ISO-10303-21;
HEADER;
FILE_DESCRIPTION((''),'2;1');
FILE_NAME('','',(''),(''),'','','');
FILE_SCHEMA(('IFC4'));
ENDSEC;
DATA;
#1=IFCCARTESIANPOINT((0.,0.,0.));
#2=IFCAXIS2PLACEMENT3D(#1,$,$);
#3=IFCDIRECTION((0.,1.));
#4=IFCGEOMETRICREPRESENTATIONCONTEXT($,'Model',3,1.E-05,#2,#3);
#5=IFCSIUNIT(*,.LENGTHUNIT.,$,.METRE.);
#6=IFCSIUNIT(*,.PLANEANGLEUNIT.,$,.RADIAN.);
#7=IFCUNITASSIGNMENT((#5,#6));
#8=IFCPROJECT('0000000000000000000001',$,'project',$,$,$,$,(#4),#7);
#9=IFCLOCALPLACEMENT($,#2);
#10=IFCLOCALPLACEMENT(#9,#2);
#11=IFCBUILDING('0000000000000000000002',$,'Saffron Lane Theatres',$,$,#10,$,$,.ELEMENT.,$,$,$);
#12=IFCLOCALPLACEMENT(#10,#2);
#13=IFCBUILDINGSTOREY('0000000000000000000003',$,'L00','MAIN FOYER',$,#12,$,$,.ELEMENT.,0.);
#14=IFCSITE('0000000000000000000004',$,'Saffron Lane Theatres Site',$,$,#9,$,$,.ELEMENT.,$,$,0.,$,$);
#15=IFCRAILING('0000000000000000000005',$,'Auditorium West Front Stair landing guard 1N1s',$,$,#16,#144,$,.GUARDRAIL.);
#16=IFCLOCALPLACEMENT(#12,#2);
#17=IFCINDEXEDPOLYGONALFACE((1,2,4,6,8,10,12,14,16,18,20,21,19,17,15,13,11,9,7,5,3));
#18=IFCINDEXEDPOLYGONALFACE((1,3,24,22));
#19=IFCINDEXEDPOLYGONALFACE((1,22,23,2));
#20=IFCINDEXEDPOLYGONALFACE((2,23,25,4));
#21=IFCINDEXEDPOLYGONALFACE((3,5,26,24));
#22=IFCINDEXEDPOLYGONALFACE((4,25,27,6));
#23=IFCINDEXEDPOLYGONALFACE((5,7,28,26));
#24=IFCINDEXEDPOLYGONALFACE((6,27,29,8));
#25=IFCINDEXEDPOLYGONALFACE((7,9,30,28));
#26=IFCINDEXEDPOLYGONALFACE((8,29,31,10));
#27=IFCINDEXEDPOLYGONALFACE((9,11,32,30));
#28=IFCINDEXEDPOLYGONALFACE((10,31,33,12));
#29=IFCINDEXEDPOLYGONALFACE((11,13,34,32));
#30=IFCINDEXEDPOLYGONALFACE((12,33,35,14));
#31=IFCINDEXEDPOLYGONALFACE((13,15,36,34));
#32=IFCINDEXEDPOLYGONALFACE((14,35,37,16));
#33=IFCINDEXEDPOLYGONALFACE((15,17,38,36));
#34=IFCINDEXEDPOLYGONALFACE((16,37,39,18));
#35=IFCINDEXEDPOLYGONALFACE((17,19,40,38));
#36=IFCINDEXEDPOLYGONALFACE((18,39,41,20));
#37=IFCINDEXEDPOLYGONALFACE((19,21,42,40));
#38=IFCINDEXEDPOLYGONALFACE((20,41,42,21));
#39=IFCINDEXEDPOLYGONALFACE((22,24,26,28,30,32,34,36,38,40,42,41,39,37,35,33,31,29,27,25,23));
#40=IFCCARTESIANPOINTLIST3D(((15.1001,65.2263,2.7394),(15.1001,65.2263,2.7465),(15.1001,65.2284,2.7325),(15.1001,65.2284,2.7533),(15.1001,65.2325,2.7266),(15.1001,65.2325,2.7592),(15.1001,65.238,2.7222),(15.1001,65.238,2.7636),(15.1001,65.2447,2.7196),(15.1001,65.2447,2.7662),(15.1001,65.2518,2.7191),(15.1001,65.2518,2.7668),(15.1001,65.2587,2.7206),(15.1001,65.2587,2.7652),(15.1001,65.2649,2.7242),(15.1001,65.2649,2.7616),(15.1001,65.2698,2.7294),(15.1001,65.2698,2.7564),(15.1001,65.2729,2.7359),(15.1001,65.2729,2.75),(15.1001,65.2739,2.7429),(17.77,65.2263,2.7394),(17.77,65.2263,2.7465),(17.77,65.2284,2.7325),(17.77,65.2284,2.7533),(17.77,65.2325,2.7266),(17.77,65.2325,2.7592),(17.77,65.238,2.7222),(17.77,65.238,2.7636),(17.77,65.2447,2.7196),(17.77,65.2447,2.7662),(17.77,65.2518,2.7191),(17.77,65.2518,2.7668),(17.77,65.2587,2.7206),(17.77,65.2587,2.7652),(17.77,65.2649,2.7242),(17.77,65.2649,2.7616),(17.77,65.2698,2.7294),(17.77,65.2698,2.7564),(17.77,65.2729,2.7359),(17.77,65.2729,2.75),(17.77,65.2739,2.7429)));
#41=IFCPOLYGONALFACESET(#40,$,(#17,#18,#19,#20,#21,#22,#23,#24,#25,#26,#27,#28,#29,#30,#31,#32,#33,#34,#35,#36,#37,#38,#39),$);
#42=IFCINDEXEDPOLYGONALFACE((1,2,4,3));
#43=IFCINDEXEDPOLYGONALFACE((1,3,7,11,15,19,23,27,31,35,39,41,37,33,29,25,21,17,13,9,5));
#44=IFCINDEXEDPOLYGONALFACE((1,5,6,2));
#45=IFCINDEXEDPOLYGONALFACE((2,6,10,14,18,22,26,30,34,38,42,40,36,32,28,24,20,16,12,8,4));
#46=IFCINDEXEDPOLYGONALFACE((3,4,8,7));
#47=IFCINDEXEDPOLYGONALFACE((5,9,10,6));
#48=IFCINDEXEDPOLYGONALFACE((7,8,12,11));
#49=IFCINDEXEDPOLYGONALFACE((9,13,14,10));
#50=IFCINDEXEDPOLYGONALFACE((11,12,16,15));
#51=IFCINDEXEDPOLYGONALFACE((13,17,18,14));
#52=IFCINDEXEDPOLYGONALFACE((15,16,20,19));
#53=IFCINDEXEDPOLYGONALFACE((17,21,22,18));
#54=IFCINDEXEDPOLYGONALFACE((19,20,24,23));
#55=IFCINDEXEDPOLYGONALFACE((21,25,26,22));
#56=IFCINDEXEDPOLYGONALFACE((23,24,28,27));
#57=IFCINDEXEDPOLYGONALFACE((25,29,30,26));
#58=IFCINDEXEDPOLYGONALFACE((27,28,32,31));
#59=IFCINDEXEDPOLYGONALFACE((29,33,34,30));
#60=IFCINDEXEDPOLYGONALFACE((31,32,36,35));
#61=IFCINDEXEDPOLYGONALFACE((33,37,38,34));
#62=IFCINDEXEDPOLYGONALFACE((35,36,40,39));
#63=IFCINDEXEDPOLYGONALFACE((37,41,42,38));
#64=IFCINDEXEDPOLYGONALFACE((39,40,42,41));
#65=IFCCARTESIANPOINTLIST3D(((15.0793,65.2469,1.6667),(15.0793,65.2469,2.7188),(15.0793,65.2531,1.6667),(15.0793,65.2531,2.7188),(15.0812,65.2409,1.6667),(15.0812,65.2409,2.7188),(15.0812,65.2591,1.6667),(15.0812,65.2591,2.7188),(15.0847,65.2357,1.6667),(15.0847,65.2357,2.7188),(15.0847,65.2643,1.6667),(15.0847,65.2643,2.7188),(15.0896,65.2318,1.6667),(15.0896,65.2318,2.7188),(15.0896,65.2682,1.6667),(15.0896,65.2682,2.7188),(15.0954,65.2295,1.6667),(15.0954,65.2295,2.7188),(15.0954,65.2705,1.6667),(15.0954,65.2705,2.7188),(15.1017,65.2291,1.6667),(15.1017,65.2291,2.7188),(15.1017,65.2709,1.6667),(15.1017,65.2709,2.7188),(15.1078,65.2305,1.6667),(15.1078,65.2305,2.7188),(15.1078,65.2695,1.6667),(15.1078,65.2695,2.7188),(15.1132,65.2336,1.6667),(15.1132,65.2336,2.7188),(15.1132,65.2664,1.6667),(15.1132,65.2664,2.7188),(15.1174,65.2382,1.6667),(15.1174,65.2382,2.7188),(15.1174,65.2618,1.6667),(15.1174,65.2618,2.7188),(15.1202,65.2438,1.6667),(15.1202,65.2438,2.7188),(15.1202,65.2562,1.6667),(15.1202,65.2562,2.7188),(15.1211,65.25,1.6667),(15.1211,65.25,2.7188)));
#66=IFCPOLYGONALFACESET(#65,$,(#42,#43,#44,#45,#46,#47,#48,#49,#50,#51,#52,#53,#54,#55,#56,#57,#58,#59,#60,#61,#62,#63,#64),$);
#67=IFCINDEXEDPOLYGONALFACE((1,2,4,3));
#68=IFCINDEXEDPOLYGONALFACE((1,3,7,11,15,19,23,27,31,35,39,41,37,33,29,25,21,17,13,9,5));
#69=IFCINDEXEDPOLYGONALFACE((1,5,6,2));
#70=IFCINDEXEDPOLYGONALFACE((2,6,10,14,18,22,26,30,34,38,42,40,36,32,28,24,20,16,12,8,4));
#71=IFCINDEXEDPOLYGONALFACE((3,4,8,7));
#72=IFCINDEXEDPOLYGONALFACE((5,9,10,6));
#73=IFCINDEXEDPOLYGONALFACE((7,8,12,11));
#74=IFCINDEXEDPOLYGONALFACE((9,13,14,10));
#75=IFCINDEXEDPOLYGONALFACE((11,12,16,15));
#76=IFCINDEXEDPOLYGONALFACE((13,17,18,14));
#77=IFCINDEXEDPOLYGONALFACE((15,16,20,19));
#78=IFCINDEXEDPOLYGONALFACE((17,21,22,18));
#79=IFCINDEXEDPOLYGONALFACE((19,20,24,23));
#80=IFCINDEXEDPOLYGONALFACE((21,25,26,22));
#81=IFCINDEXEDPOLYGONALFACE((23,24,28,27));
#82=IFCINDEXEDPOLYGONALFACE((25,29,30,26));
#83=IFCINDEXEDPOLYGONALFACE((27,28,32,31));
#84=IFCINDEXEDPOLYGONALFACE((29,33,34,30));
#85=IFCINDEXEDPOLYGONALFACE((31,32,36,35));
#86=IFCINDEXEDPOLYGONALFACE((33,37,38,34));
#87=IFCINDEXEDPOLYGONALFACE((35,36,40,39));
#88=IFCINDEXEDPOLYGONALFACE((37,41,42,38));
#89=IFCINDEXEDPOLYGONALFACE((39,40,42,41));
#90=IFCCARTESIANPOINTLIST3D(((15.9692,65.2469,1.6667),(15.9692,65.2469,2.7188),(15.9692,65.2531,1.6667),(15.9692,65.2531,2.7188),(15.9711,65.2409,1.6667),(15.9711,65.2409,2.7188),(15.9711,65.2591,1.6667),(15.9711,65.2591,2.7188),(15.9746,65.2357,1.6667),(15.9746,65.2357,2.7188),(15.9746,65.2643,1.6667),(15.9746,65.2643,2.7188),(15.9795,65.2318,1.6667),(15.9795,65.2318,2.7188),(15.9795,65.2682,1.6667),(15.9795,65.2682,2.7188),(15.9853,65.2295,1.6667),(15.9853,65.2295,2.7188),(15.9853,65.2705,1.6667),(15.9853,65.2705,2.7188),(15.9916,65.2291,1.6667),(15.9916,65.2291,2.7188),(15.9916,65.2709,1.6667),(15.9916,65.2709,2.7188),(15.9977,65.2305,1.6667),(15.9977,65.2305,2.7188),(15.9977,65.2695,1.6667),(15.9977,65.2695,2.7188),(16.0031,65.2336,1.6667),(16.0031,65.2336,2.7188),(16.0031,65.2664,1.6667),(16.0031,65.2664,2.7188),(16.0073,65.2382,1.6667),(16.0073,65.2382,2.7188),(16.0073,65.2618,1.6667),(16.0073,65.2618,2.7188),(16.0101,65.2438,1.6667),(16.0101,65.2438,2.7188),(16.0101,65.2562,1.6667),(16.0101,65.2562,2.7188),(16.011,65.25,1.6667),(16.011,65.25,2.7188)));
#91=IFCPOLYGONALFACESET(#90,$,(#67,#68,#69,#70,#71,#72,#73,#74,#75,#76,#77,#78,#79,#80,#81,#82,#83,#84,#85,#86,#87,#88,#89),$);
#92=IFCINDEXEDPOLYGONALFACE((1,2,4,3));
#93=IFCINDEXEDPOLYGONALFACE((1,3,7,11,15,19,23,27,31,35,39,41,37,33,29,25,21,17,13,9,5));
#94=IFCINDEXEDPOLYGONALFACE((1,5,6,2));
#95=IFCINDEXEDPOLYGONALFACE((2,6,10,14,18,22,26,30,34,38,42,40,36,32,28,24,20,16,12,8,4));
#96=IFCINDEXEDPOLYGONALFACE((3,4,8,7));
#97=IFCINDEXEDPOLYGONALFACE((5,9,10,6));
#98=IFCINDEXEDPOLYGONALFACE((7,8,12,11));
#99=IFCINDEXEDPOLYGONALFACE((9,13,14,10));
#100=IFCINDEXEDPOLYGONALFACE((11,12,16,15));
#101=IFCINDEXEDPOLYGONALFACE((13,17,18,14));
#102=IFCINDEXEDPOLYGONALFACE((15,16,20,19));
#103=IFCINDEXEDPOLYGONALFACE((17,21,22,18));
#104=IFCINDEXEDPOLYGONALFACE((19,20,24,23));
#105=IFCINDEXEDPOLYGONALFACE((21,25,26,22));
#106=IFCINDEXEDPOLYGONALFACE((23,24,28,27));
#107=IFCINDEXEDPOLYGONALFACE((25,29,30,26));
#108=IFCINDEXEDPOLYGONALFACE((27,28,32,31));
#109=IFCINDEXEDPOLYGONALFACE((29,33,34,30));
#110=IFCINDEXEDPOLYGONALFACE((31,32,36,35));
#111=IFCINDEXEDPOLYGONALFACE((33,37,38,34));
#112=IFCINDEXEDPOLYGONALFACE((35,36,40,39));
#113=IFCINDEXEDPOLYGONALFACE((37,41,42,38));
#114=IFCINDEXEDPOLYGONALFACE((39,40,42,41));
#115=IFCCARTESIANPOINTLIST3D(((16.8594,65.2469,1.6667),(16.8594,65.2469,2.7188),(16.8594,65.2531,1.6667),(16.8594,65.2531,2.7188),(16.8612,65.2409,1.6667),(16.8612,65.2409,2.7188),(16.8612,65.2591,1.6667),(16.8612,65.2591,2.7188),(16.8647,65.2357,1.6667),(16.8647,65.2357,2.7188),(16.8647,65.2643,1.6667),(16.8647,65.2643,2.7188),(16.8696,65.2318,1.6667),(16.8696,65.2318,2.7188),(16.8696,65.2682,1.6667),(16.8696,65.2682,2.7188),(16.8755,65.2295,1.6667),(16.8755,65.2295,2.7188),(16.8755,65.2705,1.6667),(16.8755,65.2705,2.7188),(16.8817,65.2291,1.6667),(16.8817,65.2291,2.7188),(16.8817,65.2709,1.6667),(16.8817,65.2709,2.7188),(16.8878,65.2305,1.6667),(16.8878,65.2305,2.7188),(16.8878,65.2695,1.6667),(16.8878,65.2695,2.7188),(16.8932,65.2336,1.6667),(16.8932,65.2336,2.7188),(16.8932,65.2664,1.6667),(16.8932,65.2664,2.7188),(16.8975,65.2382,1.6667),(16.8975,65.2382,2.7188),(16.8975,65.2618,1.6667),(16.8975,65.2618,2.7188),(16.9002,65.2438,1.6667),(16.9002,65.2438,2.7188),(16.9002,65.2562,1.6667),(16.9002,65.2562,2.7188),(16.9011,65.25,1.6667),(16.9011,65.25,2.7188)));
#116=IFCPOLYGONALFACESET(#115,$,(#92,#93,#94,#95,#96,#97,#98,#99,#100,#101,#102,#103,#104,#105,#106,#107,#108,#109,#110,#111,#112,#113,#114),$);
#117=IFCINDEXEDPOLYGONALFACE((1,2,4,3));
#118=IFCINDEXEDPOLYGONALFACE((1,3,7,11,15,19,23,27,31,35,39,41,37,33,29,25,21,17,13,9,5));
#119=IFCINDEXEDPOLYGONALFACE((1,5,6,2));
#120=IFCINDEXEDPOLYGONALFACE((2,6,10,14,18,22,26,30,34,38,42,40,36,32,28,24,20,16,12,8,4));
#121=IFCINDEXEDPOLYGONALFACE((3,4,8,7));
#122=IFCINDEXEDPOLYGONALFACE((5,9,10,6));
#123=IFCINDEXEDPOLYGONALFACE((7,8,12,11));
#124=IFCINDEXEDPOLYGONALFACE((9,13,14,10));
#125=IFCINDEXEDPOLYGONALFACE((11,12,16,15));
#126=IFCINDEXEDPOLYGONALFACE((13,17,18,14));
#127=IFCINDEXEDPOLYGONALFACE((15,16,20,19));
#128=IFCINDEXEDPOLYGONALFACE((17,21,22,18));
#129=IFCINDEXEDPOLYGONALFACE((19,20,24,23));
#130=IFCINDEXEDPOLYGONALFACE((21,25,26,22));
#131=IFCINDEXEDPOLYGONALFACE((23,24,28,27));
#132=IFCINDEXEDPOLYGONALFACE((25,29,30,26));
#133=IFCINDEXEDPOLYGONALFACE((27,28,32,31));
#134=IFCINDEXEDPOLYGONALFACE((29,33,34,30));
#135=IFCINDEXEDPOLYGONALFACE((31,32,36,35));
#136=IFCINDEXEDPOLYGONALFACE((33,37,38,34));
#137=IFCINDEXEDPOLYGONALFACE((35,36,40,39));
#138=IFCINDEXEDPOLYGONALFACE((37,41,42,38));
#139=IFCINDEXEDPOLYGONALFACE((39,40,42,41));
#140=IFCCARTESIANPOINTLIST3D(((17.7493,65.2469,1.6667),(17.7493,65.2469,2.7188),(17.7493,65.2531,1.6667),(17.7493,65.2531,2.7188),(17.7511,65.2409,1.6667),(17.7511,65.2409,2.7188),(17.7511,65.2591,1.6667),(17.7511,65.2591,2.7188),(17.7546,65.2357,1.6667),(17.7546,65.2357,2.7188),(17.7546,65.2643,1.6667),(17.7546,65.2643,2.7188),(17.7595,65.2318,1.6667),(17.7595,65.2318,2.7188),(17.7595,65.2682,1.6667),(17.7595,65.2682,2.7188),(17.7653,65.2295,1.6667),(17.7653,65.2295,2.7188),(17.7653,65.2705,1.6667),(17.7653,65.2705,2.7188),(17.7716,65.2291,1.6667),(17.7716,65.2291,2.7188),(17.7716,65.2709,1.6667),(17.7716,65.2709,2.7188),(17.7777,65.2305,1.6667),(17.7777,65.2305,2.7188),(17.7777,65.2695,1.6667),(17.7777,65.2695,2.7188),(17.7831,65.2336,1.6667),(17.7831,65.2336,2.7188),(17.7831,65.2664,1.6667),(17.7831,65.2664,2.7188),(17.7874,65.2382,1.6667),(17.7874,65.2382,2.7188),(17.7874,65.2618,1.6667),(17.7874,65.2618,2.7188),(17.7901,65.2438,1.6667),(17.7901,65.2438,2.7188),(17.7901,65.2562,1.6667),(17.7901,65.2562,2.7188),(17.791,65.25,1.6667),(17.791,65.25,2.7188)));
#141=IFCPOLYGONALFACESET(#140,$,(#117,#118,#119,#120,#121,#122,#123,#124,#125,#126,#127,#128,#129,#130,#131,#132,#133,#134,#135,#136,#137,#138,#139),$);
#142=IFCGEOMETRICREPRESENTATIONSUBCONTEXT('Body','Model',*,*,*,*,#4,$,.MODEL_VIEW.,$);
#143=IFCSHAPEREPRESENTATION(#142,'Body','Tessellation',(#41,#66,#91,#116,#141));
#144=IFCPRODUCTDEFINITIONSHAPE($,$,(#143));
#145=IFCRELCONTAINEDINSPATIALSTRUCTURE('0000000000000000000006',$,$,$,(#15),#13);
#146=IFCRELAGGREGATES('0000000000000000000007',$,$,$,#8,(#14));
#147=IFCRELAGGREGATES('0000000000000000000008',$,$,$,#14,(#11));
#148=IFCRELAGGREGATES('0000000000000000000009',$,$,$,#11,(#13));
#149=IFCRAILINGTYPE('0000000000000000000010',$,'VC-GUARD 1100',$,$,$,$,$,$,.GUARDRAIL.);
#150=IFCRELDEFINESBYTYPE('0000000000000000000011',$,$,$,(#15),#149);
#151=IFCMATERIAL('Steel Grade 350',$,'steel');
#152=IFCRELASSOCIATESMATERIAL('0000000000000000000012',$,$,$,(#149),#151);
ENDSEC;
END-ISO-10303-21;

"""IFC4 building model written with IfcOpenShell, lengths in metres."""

from ifc_helpers import new_model, si_unit, direction, frame, origin, origin_2d, place, context, subcontext, project, spatial, circle, extrude, material, type_object, element, save


model = new_model("IFC4")

# Units and contexts
model_context = context("Model", 3, precision=1e-05, world=origin(), true_north=direction((0.0, 1.0)))
body_context = subcontext(model_context, "Body", "Model", "MODEL_VIEW")
ifc_project = project(units=[si_unit("LENGTHUNIT", "METRE"), si_unit("PLANEANGLEUNIT", "RADIAN")], contexts=[model_context])

# Site, building, storey
site_placement = place(None, origin())
site = spatial("IfcSite", under=ifc_project, at=site_placement, Name="Saffron Lane Theatres Site", CompositionType="ELEMENT", RefElevation=0.0)
building_placement = place(site_placement, origin())
building = spatial("IfcBuilding", under=site, at=building_placement, Name="Saffron Lane Theatres", CompositionType="ELEMENT")
storey_placement = place(building_placement, origin())
storey = spatial("IfcBuildingStorey", under=building, at=storey_placement, Name="L00", Description="MAIN FOYER", CompositionType="ELEMENT", Elevation=0.0)

# Railing
ifc_material_1 = material(Name="Steel Grade 350", Category="steel")
railing_type_1 = type_object("IfcRailingType", Name="VC-GUARD 1100", PredefinedType="GUARDRAIL", material=ifc_material_1)
railing_1_placement = place(storey_placement, frame((15.1001, 65.25, 1.6667)))
element("IfcRailing", 1, at=railing_1_placement, inside=storey, type_object=railing_type_1, Name="Auditorium West Front Stair landing guard 1N1s", PredefinedType="GUARDRAIL", context=body_context, shape_type="SweptSolid", body=[
    extrude(circle(Radius=0.0239, at=origin_2d()), frame((0.0, 0.0, 1.0762), z_axis=(1.0, 0.0, 0.0), x_axis=(0.0, 1.0, 0.0)), (0.0, 0.0, 1.0), 2.6699),
    extrude(circle(Radius=0.021, at=origin_2d()), origin(), (0.0, 0.0, 1.0), 1.052),
    extrude(circle(Radius=0.021, at=origin_2d()), frame((0.8899, 0.0, 0.0)), (0.0, 0.0, 1.0), 1.052),
    extrude(circle(Radius=0.021, at=origin_2d()), frame((1.78, 0.0, 0.0)), (0.0, 0.0, 1.0), 1.052),
    extrude(circle(Radius=0.021, at=origin_2d()), frame((2.6699, 0.0, 0.0)), (0.0, 0.0, 1.0), 1.052),
])

save(model, "model.ifc")
